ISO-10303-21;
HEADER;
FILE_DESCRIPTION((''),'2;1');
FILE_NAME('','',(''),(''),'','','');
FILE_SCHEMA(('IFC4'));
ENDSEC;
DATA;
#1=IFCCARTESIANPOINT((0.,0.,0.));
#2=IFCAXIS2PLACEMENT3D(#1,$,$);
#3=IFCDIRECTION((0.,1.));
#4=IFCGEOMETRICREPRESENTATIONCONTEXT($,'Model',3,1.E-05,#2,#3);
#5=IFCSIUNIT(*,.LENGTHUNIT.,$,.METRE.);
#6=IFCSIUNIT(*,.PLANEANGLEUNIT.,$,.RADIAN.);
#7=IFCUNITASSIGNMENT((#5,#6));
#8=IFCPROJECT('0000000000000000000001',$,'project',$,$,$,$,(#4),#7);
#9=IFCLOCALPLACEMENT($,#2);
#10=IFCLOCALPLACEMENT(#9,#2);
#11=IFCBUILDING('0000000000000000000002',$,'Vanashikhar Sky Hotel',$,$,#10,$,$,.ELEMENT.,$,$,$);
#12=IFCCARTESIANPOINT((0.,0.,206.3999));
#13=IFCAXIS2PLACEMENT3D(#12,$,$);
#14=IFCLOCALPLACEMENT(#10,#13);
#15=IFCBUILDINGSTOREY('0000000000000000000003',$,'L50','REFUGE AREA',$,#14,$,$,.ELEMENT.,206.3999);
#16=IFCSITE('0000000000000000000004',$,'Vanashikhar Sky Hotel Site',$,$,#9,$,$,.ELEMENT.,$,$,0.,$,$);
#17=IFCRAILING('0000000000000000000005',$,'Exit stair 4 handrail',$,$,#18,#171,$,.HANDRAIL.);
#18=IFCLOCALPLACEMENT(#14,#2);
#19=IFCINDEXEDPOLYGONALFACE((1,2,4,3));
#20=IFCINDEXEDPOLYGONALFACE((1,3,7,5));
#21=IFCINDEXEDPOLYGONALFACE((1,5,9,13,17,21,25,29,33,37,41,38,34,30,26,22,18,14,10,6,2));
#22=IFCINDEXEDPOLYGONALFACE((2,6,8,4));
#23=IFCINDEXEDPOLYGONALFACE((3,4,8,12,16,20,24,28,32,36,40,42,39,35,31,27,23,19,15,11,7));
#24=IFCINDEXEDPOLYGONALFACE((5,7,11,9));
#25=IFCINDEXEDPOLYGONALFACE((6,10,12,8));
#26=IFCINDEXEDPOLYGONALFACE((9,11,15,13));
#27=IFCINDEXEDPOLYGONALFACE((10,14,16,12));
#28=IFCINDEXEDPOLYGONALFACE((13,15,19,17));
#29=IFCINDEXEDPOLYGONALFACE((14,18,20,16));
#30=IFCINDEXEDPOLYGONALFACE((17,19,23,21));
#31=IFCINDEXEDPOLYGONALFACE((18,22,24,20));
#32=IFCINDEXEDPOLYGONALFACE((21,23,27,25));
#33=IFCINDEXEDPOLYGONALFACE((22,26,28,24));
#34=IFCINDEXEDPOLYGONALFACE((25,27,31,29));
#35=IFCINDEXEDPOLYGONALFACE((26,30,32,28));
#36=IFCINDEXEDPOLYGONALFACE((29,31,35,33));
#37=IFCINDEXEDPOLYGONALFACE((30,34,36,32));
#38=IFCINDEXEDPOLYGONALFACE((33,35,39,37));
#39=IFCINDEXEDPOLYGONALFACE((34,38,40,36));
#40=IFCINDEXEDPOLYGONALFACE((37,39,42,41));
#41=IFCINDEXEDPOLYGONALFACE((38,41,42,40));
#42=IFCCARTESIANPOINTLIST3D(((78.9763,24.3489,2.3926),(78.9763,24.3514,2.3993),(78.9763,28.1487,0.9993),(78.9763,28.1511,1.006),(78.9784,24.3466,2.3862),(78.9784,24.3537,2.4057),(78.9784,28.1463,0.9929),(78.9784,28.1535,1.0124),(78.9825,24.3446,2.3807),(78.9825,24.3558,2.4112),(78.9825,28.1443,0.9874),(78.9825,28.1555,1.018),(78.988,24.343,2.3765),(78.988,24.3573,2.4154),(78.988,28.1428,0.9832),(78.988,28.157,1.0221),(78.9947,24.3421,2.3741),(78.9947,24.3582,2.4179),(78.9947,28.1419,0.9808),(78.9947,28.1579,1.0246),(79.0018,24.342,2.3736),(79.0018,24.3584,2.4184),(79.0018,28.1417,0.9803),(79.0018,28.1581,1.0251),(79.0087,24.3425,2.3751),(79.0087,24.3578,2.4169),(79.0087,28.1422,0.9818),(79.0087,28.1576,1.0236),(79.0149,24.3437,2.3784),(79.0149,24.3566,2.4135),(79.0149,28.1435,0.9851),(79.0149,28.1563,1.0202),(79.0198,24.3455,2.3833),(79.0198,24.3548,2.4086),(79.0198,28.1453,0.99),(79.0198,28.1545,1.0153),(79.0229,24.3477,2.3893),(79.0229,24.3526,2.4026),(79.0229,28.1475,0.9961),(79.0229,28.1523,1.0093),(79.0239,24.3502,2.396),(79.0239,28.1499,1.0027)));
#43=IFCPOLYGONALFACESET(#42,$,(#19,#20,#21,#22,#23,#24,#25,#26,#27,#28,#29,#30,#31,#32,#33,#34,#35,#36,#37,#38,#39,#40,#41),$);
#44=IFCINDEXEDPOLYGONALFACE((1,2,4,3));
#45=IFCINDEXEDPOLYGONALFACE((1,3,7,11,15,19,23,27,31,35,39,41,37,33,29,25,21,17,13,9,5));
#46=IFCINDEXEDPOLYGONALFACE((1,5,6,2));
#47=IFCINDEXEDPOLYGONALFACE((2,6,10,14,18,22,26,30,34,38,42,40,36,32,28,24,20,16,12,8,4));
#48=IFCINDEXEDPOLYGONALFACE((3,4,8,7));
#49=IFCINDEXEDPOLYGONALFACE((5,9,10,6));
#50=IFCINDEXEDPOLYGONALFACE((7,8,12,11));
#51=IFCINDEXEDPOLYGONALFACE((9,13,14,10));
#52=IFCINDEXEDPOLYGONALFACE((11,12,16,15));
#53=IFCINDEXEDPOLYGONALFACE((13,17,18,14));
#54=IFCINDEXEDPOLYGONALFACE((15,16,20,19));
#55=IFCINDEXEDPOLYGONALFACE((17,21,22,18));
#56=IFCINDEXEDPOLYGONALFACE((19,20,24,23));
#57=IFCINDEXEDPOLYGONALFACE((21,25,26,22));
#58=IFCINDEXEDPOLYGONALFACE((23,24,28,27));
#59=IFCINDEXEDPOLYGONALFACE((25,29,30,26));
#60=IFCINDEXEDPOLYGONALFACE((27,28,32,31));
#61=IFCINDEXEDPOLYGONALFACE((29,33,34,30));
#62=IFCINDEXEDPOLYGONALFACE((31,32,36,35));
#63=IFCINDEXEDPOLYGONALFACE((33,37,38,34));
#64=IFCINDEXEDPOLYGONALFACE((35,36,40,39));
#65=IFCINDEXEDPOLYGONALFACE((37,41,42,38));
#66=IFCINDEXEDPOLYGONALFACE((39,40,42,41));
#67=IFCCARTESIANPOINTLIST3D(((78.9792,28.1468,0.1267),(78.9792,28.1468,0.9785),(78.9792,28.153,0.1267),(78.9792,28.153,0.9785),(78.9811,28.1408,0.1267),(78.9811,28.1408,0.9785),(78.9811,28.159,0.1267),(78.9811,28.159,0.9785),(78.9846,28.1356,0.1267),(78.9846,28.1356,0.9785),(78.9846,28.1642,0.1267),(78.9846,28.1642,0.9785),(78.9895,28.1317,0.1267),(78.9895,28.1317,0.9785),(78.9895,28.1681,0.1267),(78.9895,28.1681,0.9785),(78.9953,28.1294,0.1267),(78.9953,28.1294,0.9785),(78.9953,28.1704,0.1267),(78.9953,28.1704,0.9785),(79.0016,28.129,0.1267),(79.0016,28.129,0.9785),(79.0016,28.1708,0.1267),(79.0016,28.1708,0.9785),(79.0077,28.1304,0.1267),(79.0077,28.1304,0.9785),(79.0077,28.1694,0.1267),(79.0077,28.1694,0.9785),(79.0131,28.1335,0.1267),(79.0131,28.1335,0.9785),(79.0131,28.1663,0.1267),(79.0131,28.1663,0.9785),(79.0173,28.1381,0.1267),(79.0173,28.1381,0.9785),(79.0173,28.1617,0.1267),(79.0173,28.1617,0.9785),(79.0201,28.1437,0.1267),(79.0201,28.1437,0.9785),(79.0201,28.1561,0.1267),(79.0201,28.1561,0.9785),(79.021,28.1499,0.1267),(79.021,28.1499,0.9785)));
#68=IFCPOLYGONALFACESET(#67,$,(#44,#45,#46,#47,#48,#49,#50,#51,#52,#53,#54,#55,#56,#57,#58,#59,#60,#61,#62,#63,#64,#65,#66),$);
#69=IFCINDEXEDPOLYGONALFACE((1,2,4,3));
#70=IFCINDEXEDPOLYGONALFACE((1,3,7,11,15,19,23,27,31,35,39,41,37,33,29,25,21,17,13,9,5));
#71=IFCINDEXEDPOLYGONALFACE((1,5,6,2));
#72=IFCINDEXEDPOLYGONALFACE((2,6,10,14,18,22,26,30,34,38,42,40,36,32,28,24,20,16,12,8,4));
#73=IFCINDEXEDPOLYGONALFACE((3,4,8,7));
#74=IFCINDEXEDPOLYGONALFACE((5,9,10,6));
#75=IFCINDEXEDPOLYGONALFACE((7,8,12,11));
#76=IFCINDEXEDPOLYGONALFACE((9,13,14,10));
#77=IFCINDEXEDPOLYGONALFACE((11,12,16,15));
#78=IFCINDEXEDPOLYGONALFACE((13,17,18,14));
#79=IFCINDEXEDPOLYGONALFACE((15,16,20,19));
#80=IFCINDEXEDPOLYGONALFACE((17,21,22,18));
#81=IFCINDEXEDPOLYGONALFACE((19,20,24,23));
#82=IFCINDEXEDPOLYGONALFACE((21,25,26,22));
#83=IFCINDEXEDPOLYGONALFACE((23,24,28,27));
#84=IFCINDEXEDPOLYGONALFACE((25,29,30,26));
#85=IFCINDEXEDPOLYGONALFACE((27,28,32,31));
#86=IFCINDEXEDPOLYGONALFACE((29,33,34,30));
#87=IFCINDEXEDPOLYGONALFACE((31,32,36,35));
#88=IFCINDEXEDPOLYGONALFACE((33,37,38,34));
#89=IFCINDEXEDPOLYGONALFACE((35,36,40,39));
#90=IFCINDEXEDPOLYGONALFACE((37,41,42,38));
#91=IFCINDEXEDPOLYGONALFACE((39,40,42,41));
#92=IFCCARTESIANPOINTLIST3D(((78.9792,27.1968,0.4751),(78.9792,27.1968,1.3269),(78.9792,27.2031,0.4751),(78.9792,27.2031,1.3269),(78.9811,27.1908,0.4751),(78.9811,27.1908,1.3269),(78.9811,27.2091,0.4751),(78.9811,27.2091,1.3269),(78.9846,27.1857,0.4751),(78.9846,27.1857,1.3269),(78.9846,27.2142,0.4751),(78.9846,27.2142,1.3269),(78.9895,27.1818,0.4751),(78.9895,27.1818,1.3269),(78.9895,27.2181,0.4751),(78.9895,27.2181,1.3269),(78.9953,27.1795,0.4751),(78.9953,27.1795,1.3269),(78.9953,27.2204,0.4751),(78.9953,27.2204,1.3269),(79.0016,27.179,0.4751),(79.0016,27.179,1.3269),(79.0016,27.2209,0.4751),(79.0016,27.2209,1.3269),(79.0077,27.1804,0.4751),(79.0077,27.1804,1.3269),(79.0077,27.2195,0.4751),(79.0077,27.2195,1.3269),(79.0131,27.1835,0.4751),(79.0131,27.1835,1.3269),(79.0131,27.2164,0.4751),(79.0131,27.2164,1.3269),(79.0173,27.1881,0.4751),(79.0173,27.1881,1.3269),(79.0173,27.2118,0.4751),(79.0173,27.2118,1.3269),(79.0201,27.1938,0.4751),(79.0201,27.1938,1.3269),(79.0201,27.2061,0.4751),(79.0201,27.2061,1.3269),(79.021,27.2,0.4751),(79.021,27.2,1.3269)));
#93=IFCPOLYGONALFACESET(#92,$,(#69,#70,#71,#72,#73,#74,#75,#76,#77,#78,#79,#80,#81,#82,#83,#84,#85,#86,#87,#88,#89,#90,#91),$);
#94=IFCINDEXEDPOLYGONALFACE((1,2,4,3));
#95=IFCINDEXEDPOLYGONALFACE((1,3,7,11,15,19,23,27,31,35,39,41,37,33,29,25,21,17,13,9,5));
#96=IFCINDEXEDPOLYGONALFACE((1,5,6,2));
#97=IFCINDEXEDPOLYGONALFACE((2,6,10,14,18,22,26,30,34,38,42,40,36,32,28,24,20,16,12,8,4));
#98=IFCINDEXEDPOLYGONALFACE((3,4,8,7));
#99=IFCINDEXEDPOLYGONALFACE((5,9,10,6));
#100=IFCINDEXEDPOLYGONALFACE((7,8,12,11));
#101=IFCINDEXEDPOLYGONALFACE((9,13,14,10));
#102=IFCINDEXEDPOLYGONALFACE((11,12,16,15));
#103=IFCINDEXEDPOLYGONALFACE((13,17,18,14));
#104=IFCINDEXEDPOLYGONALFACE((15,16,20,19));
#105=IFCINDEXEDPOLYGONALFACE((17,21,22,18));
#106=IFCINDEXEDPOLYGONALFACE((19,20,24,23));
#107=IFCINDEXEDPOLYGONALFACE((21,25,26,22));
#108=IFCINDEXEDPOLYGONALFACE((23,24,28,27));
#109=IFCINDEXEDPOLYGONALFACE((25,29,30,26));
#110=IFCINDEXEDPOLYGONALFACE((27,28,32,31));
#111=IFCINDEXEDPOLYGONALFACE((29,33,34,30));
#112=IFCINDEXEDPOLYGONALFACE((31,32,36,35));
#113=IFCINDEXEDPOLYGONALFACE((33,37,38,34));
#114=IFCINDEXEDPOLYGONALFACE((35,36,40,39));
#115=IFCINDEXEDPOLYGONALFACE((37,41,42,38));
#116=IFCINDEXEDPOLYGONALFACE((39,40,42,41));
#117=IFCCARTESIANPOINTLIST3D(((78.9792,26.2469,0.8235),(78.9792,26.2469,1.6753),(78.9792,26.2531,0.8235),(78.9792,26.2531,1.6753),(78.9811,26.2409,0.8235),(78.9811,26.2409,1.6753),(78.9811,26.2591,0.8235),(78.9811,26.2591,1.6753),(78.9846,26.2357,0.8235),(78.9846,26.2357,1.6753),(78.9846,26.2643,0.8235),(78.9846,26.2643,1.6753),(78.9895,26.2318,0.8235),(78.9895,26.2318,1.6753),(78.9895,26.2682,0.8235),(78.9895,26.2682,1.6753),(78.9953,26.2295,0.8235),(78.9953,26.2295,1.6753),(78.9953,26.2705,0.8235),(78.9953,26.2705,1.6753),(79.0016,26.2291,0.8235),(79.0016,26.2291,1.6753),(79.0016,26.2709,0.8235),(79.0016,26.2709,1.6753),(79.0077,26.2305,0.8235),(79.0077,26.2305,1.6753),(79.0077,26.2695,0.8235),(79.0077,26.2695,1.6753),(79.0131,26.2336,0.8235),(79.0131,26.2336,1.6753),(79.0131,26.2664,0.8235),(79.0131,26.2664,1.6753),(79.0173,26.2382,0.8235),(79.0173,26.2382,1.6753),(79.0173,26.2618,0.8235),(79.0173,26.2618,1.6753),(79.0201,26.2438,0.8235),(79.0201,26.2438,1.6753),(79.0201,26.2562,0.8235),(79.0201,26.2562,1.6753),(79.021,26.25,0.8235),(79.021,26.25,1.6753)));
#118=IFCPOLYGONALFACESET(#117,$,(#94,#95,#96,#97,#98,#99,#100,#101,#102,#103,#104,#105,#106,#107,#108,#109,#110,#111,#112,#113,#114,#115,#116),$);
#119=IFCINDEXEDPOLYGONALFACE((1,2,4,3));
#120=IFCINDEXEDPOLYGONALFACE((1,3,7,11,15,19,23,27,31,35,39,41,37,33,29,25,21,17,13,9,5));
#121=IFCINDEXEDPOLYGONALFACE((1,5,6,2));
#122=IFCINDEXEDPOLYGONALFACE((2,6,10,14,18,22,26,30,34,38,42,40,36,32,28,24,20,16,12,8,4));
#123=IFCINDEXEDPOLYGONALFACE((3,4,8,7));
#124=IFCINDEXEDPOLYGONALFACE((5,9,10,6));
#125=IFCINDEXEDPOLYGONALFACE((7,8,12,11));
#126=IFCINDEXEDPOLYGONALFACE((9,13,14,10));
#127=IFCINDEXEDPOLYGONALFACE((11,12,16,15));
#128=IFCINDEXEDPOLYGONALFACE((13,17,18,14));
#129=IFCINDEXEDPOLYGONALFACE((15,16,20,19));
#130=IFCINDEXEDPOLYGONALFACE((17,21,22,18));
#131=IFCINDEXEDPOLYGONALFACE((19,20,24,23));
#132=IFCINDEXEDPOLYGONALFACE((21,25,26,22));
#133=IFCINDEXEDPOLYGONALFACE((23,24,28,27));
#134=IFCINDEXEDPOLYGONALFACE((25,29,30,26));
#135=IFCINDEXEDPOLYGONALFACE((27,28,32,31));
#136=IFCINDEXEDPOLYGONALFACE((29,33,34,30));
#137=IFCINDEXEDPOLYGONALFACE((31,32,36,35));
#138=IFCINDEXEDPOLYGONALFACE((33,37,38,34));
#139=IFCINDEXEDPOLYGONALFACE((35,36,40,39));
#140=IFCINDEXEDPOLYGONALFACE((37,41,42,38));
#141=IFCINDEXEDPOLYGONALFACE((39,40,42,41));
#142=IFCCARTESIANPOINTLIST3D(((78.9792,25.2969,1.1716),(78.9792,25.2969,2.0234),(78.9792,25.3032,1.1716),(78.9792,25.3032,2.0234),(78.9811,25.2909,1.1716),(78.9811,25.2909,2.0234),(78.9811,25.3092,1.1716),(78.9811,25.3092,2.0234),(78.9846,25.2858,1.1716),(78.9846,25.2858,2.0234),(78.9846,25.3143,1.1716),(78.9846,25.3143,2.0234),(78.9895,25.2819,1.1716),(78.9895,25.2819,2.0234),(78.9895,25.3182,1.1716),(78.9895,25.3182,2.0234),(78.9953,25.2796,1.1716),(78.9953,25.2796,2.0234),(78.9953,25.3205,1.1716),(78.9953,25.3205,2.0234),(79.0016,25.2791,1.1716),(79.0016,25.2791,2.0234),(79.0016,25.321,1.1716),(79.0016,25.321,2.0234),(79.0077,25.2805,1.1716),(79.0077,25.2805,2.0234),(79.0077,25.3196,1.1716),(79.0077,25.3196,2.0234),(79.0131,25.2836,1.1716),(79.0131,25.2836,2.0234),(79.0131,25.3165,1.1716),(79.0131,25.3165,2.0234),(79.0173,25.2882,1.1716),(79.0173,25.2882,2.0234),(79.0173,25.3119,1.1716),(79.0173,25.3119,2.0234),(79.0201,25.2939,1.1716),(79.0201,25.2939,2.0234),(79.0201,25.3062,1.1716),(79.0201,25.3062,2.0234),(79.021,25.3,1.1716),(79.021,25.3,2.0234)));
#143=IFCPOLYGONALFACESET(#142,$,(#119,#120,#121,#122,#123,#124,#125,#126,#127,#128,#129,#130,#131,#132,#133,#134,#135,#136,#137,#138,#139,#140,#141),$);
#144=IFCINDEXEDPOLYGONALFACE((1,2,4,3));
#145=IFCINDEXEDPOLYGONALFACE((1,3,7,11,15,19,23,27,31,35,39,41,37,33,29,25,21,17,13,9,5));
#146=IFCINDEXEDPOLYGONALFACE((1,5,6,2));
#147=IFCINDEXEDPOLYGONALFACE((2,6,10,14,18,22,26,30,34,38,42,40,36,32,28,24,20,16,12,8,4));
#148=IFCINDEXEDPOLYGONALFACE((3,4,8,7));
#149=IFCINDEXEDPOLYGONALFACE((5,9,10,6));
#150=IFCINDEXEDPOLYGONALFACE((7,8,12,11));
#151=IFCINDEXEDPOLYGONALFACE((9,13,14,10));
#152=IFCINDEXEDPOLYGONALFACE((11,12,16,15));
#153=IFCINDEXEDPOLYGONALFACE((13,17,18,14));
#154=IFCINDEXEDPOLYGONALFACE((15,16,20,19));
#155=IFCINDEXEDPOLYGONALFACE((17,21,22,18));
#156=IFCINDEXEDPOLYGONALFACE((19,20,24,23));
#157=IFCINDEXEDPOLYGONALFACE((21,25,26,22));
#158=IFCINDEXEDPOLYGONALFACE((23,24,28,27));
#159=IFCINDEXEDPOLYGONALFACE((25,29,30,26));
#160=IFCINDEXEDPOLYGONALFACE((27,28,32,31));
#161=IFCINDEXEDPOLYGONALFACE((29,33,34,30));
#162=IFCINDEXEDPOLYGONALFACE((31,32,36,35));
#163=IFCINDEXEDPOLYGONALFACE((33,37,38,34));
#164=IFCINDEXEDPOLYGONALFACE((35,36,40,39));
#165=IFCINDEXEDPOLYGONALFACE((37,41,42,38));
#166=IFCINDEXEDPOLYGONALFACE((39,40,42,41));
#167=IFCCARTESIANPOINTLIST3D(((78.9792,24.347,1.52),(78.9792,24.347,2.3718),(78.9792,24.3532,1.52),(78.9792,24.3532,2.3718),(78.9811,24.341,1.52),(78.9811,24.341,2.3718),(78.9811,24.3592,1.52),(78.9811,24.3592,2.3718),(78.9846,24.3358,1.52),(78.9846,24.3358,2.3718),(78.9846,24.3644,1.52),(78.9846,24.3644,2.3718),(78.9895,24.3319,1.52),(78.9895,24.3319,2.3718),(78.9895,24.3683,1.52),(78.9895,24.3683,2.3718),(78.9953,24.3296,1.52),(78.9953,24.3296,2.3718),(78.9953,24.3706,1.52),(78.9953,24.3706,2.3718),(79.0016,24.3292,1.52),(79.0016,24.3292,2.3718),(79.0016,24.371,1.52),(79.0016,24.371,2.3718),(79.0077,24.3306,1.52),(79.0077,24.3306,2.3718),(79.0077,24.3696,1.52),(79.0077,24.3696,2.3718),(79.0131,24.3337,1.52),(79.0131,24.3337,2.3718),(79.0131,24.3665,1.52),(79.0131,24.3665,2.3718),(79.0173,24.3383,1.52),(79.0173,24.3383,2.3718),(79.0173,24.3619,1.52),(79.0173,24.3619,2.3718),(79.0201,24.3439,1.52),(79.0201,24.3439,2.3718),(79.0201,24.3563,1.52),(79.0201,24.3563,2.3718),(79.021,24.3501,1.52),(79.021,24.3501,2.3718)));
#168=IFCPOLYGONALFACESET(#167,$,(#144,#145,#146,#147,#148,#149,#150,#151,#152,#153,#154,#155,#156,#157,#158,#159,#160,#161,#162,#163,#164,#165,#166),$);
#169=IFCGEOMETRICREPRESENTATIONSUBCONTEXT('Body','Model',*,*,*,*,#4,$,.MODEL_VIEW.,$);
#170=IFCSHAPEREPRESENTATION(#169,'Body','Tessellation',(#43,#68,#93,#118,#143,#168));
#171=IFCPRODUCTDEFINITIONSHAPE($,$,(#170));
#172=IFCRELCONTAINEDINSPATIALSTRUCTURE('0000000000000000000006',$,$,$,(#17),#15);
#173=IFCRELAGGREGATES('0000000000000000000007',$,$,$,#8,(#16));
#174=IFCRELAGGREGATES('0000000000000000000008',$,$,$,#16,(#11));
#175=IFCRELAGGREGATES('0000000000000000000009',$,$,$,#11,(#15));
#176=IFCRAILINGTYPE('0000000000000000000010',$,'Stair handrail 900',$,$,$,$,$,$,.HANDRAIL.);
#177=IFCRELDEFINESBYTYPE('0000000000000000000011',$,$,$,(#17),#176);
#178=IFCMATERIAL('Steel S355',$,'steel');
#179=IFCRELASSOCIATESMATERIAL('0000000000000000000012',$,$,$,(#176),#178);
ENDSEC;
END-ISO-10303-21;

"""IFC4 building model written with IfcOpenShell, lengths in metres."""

from ifc_helpers import new_model, si_unit, direction, frame, origin, origin_2d, place, context, subcontext, project, spatial, circle, extrude, source, transform, mapped, material, type_object, element, save


model = new_model("IFC4")

# Units and contexts
model_context = context("Model", 3, precision=1e-05, world=origin(), true_north=direction((0.0, 1.0)))
body_context = subcontext(model_context, "Body", "Model", "MODEL_VIEW")
ifc_project = project(units=[si_unit("LENGTHUNIT", "METRE"), si_unit("PLANEANGLEUNIT", "RADIAN")], contexts=[model_context])

# Site, building, storey
site_placement = place(None, origin())
site = spatial("IfcSite", under=ifc_project, at=site_placement, Name="Vanashikhar Sky Hotel Site", CompositionType="ELEMENT", RefElevation=0.0)
building_placement = place(site_placement, origin())
building = spatial("IfcBuilding", under=site, at=building_placement, Name="Vanashikhar Sky Hotel", CompositionType="ELEMENT")
storey_placement = place(building_placement, frame((0.0, 0.0, 206.3999)))
storey = spatial("IfcBuildingStorey", under=building, at=storey_placement, Name="L50", Description="REFUGE AREA", CompositionType="ELEMENT", Elevation=206.3999)

# Railing
ifc_material_1 = material(Name="Steel S355", Category="steel")
railing_type = type_object("IfcRailingType", Name="Stair handrail 900", PredefinedType="HANDRAIL", material=ifc_material_1)
shared_shape_1 = source(origin(), body_context, "Body", "SweptSolid", [
    extrude(circle(Radius=0.0239, at=origin_2d()), frame((0.0, 0.0, 0.876), z_axis=(0.0, -0.938872, 0.344265), x_axis=(1.0, 0.0, 0.0)), (0.0, 0.0, 1.0), 4.0471),
    extrude(circle(Radius=0.021, at=origin_2d()), origin(), (0.0, 0.0, 1.0), 0.8518),
    extrude(circle(Radius=0.021, at=origin_2d()), frame((0.0, -0.95, 0.3484)), (0.0, 0.0, 1.0), 0.8518),
    extrude(circle(Radius=0.021, at=origin_2d()), frame((0.0, -1.8999, 0.6968)), (0.0, 0.0, 1.0), 0.8518),
    extrude(circle(Radius=0.021, at=origin_2d()), frame((0.0, -2.8499, 1.0449)), (0.0, 0.0, 1.0), 0.8518),
    extrude(circle(Radius=0.021, at=origin_2d()), frame((0.0, -3.7998, 1.3933)), (0.0, 0.0, 1.0), 0.8518),
])
for number, where, name in (
    (1, (79.0, 28.1499, 0.1267), "Exit stair 4 handrail"),
):
    element("IfcRailing", number, at=place(storey_placement, frame(where)), inside=storey, type_object=railing_type, Name=name, PredefinedType="HANDRAIL", context=body_context, shape_type="MappedRepresentation", body=[
        mapped(shared_shape_1, transform((0.0, 0.0, 0.0), scale=1.0)),
    ])

save(model, "model.ifc")
